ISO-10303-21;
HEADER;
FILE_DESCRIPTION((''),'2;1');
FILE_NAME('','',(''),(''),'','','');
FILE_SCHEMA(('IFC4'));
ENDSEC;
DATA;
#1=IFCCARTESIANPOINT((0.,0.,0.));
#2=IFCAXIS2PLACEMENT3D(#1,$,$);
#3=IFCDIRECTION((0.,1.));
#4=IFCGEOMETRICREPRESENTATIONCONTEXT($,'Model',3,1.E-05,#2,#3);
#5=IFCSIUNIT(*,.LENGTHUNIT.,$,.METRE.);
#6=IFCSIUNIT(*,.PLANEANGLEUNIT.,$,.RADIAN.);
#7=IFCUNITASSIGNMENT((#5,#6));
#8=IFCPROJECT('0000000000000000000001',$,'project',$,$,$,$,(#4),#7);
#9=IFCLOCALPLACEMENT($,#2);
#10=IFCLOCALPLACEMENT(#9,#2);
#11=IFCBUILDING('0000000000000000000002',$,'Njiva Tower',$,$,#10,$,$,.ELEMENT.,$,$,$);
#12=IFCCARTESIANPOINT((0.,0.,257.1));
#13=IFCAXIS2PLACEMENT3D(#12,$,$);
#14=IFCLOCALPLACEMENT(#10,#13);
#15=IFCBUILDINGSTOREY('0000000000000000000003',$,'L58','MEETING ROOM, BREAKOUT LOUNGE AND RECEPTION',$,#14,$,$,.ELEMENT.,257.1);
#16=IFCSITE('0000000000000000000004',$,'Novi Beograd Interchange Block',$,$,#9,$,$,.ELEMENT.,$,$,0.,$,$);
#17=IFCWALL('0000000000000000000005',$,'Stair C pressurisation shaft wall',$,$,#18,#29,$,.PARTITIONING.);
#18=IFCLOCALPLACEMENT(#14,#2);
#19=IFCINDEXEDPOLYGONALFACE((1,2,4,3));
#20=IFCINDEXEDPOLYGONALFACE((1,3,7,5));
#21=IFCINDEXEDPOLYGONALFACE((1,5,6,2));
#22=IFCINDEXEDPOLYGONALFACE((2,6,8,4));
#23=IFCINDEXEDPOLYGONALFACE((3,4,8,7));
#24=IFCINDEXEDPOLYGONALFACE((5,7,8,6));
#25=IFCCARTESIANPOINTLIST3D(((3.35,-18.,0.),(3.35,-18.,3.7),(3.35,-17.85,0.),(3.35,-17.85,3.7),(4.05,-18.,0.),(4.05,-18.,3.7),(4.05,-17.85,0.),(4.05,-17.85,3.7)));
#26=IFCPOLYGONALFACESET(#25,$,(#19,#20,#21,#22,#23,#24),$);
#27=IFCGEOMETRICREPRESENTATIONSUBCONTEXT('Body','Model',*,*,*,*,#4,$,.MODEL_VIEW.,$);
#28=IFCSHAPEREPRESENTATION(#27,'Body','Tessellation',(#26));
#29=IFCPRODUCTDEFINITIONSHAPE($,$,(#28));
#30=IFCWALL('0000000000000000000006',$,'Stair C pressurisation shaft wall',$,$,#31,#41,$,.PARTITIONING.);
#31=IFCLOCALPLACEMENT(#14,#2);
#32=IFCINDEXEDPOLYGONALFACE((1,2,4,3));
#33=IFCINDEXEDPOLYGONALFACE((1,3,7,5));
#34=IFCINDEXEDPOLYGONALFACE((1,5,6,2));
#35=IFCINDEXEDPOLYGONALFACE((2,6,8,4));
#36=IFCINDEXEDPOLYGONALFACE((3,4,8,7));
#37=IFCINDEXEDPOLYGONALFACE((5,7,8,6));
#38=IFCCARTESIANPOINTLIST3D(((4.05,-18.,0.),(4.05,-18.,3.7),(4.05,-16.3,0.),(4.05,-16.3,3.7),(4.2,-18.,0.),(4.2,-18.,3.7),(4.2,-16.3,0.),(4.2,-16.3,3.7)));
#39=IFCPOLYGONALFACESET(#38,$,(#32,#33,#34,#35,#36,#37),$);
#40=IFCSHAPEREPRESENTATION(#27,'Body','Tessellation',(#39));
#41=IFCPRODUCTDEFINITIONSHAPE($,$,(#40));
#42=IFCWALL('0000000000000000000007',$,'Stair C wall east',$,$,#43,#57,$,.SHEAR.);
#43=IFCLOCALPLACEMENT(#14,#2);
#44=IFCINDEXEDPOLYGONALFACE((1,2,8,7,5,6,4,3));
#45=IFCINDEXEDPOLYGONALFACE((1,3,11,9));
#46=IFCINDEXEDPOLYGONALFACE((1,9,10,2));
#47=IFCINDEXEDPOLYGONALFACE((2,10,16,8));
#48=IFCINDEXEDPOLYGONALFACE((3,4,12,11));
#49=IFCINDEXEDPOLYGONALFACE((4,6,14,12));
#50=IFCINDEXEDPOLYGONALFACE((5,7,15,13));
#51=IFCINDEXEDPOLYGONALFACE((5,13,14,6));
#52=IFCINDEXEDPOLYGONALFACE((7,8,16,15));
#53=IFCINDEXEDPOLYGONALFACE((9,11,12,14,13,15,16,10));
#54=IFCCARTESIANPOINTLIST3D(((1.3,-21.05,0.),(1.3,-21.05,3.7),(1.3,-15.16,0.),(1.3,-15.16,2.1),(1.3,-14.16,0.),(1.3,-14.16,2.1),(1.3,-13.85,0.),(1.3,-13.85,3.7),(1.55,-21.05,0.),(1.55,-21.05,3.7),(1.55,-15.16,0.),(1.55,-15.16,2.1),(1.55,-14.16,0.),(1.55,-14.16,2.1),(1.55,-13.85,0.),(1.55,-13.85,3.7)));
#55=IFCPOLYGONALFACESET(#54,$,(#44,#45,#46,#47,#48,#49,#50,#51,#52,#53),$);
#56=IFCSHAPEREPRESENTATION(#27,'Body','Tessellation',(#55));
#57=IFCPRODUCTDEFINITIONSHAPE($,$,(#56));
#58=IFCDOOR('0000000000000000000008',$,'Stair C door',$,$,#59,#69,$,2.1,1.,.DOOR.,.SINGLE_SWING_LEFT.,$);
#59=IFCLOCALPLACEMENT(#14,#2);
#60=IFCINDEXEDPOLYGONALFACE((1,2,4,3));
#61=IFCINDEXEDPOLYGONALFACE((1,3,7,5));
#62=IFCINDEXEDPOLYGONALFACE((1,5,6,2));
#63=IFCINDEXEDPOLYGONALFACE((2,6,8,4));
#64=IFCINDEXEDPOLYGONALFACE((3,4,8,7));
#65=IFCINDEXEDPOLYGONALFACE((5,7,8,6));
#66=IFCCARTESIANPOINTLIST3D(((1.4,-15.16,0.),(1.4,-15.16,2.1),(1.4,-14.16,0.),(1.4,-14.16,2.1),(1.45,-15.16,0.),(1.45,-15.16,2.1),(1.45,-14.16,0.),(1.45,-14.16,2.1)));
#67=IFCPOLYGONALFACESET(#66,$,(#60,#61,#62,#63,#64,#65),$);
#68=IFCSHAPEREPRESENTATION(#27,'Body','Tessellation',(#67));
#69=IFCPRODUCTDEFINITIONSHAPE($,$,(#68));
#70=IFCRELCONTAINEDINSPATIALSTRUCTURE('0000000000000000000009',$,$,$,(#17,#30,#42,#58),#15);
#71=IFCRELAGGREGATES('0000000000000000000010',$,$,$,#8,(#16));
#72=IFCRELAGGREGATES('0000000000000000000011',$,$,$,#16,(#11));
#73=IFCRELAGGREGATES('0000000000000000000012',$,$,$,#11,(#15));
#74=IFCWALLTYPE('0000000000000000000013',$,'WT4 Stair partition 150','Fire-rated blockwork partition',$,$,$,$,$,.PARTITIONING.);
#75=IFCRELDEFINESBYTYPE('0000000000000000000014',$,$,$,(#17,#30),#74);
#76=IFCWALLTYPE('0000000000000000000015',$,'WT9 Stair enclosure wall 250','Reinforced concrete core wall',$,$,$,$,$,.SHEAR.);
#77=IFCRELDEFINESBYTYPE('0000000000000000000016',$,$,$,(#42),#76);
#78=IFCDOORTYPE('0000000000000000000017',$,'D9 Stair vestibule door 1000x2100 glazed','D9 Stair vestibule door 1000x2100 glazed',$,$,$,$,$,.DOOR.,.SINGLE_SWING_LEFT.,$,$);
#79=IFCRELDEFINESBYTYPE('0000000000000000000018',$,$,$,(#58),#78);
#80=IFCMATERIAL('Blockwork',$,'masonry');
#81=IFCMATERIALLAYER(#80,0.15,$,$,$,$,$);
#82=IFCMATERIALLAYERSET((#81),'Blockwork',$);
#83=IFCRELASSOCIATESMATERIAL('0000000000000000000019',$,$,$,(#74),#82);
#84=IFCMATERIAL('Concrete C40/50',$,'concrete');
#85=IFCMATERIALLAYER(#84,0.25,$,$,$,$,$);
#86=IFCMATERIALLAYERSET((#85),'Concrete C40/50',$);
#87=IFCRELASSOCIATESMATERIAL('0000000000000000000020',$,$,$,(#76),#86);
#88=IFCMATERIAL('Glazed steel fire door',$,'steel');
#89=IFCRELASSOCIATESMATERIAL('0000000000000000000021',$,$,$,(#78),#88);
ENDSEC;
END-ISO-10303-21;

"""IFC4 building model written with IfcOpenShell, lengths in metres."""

from ifc_helpers import new_model, si_unit, direction, frame, frame_2d, origin, place, context, subcontext, project, spatial, rectangle, extrude, material, layer, layer_set, type_object, element, fill, save


model = new_model("IFC4")

# Units and contexts
model_context = context("Model", 3, precision=1e-05, world=origin(), true_north=direction((0.0, 1.0)))
body_context = subcontext(model_context, "Body", "Model", "MODEL_VIEW")
ifc_project = project(units=[si_unit("LENGTHUNIT", "METRE"), si_unit("PLANEANGLEUNIT", "RADIAN")], contexts=[model_context])

# Site, building, storey
site_placement = place(None, origin())
site = spatial("IfcSite", under=ifc_project, at=site_placement, Name="Novi Beograd Interchange Block", CompositionType="ELEMENT", RefElevation=0.0)
building_placement = place(site_placement, origin())
building = spatial("IfcBuilding", under=site, at=building_placement, Name="Njiva Tower", CompositionType="ELEMENT")
storey_placement = place(building_placement, frame((0.0, 0.0, 257.1)))
storey = spatial("IfcBuildingStorey", under=building, at=storey_placement, Name="L58", Description="MEETING ROOM, BREAKOUT LOUNGE AND RECEPTION", CompositionType="ELEMENT", Elevation=257.1)

# Walls
ifc_material_1 = material(Name="Blockwork", Category="masonry")
ifc_layer_1 = layer(ifc_material_1, 0.15)
ifc_layer_set_1 = layer_set([ifc_layer_1], Name="Blockwork")
wall_type_1 = type_object("IfcWallType", Name="WT4 Stair partition 150", Description="Fire-rated blockwork partition", PredefinedType="PARTITIONING", material=ifc_layer_set_1)
wall_1_placement = place(storey_placement, frame((3.35, -17.925, 0.0), z_axis=(0.0, 0.0, 1.0), x_axis=(1.0, 0.0, 0.0)))
element("IfcWall", 1, at=wall_1_placement, inside=storey, type_object=wall_type_1, Name="Stair C pressurisation shaft wall", PredefinedType="PARTITIONING", context=body_context, shape_type="SweptSolid", body=[
    extrude(rectangle(XDim=0.7, YDim=0.15, at=frame_2d((0.35, 0.0))), origin(), (0.0, 0.0, 1.0), 3.7),
])
wall_2_placement = place(storey_placement, frame((4.125, -18.0, 0.0), z_axis=(0.0, 0.0, 1.0), x_axis=(0.0, 1.0, 0.0)))
element("IfcWall", 2, at=wall_2_placement, inside=storey, type_object=wall_type_1, Name="Stair C pressurisation shaft wall", PredefinedType="PARTITIONING", context=body_context, shape_type="SweptSolid", body=[
    extrude(rectangle(XDim=1.7, YDim=0.15, at=frame_2d((0.85, 0.0))), origin(), (0.0, 0.0, 1.0), 3.7),
])

# Wall, opening, door
ifc_material_2 = material(Name="Concrete C40/50", Category="concrete")
ifc_layer_2 = layer(ifc_material_2, 0.25)
ifc_layer_set_2 = layer_set([ifc_layer_2], Name="Concrete C40/50")
wall_type_2 = type_object("IfcWallType", Name="WT9 Stair enclosure wall 250", Description="Reinforced concrete core wall", PredefinedType="SHEAR", material=ifc_layer_set_2)
wall_3_placement = place(storey_placement, frame((1.425, -21.05, 0.0), z_axis=(0.0, 0.0, 1.0), x_axis=(0.0, 1.0, 0.0)))
wall_3 = element("IfcWall", 3, at=wall_3_placement, inside=storey, type_object=wall_type_2, Name="Stair C wall east", PredefinedType="SHEAR", context=body_context, shape_type="SweptSolid", body=[
    extrude(rectangle(XDim=7.2, YDim=0.25, at=frame_2d((3.6, 0.0))), origin(), (0.0, 0.0, 1.0), 3.7),
])
opening_1_placement = place(wall_3_placement, frame((5.89, 0.0, 0.0)))
opening_1 = element("IfcOpeningElement", 4, at=opening_1_placement, cuts=wall_3, PredefinedType="OPENING", context=body_context, shape_type="SweptSolid", body=[
    extrude(rectangle(XDim=1.0, YDim=2.1, at=frame_2d((0.5, 1.05))), frame((0.0, 0.135, 0.0), z_axis=(0.0, -1.0, 0.0), x_axis=(1.0, 0.0, 0.0)), (0.0, 0.0, 1.0), 0.27),
])
ifc_material_3 = material(Name="Glazed steel fire door", Category="steel")
door_type = type_object("IfcDoorType", Name="D9 Stair vestibule door 1000x2100 glazed", Description="D9 Stair vestibule door 1000x2100 glazed", OperationType="SINGLE_SWING_LEFT", PredefinedType="DOOR", material=ifc_material_3)
door_placement = place(opening_1_placement, origin())
door = element("IfcDoor", 5, at=door_placement, inside=storey, type_object=door_type, Name="Stair C door", OperationType="SINGLE_SWING_LEFT", OverallHeight=2.1, OverallWidth=1.0, PredefinedType="DOOR", context=body_context, shape_type="SweptSolid", body=[
    extrude(rectangle(XDim=1.0, YDim=2.1, at=frame_2d((0.5, 1.05))), frame((0.0, 0.025, 0.0), z_axis=(0.0, -1.0, 0.0), x_axis=(1.0, 0.0, 0.0)), (0.0, 0.0, 1.0), 0.05),
])
fill(opening_1, door)

save(model, "model.ifc")
